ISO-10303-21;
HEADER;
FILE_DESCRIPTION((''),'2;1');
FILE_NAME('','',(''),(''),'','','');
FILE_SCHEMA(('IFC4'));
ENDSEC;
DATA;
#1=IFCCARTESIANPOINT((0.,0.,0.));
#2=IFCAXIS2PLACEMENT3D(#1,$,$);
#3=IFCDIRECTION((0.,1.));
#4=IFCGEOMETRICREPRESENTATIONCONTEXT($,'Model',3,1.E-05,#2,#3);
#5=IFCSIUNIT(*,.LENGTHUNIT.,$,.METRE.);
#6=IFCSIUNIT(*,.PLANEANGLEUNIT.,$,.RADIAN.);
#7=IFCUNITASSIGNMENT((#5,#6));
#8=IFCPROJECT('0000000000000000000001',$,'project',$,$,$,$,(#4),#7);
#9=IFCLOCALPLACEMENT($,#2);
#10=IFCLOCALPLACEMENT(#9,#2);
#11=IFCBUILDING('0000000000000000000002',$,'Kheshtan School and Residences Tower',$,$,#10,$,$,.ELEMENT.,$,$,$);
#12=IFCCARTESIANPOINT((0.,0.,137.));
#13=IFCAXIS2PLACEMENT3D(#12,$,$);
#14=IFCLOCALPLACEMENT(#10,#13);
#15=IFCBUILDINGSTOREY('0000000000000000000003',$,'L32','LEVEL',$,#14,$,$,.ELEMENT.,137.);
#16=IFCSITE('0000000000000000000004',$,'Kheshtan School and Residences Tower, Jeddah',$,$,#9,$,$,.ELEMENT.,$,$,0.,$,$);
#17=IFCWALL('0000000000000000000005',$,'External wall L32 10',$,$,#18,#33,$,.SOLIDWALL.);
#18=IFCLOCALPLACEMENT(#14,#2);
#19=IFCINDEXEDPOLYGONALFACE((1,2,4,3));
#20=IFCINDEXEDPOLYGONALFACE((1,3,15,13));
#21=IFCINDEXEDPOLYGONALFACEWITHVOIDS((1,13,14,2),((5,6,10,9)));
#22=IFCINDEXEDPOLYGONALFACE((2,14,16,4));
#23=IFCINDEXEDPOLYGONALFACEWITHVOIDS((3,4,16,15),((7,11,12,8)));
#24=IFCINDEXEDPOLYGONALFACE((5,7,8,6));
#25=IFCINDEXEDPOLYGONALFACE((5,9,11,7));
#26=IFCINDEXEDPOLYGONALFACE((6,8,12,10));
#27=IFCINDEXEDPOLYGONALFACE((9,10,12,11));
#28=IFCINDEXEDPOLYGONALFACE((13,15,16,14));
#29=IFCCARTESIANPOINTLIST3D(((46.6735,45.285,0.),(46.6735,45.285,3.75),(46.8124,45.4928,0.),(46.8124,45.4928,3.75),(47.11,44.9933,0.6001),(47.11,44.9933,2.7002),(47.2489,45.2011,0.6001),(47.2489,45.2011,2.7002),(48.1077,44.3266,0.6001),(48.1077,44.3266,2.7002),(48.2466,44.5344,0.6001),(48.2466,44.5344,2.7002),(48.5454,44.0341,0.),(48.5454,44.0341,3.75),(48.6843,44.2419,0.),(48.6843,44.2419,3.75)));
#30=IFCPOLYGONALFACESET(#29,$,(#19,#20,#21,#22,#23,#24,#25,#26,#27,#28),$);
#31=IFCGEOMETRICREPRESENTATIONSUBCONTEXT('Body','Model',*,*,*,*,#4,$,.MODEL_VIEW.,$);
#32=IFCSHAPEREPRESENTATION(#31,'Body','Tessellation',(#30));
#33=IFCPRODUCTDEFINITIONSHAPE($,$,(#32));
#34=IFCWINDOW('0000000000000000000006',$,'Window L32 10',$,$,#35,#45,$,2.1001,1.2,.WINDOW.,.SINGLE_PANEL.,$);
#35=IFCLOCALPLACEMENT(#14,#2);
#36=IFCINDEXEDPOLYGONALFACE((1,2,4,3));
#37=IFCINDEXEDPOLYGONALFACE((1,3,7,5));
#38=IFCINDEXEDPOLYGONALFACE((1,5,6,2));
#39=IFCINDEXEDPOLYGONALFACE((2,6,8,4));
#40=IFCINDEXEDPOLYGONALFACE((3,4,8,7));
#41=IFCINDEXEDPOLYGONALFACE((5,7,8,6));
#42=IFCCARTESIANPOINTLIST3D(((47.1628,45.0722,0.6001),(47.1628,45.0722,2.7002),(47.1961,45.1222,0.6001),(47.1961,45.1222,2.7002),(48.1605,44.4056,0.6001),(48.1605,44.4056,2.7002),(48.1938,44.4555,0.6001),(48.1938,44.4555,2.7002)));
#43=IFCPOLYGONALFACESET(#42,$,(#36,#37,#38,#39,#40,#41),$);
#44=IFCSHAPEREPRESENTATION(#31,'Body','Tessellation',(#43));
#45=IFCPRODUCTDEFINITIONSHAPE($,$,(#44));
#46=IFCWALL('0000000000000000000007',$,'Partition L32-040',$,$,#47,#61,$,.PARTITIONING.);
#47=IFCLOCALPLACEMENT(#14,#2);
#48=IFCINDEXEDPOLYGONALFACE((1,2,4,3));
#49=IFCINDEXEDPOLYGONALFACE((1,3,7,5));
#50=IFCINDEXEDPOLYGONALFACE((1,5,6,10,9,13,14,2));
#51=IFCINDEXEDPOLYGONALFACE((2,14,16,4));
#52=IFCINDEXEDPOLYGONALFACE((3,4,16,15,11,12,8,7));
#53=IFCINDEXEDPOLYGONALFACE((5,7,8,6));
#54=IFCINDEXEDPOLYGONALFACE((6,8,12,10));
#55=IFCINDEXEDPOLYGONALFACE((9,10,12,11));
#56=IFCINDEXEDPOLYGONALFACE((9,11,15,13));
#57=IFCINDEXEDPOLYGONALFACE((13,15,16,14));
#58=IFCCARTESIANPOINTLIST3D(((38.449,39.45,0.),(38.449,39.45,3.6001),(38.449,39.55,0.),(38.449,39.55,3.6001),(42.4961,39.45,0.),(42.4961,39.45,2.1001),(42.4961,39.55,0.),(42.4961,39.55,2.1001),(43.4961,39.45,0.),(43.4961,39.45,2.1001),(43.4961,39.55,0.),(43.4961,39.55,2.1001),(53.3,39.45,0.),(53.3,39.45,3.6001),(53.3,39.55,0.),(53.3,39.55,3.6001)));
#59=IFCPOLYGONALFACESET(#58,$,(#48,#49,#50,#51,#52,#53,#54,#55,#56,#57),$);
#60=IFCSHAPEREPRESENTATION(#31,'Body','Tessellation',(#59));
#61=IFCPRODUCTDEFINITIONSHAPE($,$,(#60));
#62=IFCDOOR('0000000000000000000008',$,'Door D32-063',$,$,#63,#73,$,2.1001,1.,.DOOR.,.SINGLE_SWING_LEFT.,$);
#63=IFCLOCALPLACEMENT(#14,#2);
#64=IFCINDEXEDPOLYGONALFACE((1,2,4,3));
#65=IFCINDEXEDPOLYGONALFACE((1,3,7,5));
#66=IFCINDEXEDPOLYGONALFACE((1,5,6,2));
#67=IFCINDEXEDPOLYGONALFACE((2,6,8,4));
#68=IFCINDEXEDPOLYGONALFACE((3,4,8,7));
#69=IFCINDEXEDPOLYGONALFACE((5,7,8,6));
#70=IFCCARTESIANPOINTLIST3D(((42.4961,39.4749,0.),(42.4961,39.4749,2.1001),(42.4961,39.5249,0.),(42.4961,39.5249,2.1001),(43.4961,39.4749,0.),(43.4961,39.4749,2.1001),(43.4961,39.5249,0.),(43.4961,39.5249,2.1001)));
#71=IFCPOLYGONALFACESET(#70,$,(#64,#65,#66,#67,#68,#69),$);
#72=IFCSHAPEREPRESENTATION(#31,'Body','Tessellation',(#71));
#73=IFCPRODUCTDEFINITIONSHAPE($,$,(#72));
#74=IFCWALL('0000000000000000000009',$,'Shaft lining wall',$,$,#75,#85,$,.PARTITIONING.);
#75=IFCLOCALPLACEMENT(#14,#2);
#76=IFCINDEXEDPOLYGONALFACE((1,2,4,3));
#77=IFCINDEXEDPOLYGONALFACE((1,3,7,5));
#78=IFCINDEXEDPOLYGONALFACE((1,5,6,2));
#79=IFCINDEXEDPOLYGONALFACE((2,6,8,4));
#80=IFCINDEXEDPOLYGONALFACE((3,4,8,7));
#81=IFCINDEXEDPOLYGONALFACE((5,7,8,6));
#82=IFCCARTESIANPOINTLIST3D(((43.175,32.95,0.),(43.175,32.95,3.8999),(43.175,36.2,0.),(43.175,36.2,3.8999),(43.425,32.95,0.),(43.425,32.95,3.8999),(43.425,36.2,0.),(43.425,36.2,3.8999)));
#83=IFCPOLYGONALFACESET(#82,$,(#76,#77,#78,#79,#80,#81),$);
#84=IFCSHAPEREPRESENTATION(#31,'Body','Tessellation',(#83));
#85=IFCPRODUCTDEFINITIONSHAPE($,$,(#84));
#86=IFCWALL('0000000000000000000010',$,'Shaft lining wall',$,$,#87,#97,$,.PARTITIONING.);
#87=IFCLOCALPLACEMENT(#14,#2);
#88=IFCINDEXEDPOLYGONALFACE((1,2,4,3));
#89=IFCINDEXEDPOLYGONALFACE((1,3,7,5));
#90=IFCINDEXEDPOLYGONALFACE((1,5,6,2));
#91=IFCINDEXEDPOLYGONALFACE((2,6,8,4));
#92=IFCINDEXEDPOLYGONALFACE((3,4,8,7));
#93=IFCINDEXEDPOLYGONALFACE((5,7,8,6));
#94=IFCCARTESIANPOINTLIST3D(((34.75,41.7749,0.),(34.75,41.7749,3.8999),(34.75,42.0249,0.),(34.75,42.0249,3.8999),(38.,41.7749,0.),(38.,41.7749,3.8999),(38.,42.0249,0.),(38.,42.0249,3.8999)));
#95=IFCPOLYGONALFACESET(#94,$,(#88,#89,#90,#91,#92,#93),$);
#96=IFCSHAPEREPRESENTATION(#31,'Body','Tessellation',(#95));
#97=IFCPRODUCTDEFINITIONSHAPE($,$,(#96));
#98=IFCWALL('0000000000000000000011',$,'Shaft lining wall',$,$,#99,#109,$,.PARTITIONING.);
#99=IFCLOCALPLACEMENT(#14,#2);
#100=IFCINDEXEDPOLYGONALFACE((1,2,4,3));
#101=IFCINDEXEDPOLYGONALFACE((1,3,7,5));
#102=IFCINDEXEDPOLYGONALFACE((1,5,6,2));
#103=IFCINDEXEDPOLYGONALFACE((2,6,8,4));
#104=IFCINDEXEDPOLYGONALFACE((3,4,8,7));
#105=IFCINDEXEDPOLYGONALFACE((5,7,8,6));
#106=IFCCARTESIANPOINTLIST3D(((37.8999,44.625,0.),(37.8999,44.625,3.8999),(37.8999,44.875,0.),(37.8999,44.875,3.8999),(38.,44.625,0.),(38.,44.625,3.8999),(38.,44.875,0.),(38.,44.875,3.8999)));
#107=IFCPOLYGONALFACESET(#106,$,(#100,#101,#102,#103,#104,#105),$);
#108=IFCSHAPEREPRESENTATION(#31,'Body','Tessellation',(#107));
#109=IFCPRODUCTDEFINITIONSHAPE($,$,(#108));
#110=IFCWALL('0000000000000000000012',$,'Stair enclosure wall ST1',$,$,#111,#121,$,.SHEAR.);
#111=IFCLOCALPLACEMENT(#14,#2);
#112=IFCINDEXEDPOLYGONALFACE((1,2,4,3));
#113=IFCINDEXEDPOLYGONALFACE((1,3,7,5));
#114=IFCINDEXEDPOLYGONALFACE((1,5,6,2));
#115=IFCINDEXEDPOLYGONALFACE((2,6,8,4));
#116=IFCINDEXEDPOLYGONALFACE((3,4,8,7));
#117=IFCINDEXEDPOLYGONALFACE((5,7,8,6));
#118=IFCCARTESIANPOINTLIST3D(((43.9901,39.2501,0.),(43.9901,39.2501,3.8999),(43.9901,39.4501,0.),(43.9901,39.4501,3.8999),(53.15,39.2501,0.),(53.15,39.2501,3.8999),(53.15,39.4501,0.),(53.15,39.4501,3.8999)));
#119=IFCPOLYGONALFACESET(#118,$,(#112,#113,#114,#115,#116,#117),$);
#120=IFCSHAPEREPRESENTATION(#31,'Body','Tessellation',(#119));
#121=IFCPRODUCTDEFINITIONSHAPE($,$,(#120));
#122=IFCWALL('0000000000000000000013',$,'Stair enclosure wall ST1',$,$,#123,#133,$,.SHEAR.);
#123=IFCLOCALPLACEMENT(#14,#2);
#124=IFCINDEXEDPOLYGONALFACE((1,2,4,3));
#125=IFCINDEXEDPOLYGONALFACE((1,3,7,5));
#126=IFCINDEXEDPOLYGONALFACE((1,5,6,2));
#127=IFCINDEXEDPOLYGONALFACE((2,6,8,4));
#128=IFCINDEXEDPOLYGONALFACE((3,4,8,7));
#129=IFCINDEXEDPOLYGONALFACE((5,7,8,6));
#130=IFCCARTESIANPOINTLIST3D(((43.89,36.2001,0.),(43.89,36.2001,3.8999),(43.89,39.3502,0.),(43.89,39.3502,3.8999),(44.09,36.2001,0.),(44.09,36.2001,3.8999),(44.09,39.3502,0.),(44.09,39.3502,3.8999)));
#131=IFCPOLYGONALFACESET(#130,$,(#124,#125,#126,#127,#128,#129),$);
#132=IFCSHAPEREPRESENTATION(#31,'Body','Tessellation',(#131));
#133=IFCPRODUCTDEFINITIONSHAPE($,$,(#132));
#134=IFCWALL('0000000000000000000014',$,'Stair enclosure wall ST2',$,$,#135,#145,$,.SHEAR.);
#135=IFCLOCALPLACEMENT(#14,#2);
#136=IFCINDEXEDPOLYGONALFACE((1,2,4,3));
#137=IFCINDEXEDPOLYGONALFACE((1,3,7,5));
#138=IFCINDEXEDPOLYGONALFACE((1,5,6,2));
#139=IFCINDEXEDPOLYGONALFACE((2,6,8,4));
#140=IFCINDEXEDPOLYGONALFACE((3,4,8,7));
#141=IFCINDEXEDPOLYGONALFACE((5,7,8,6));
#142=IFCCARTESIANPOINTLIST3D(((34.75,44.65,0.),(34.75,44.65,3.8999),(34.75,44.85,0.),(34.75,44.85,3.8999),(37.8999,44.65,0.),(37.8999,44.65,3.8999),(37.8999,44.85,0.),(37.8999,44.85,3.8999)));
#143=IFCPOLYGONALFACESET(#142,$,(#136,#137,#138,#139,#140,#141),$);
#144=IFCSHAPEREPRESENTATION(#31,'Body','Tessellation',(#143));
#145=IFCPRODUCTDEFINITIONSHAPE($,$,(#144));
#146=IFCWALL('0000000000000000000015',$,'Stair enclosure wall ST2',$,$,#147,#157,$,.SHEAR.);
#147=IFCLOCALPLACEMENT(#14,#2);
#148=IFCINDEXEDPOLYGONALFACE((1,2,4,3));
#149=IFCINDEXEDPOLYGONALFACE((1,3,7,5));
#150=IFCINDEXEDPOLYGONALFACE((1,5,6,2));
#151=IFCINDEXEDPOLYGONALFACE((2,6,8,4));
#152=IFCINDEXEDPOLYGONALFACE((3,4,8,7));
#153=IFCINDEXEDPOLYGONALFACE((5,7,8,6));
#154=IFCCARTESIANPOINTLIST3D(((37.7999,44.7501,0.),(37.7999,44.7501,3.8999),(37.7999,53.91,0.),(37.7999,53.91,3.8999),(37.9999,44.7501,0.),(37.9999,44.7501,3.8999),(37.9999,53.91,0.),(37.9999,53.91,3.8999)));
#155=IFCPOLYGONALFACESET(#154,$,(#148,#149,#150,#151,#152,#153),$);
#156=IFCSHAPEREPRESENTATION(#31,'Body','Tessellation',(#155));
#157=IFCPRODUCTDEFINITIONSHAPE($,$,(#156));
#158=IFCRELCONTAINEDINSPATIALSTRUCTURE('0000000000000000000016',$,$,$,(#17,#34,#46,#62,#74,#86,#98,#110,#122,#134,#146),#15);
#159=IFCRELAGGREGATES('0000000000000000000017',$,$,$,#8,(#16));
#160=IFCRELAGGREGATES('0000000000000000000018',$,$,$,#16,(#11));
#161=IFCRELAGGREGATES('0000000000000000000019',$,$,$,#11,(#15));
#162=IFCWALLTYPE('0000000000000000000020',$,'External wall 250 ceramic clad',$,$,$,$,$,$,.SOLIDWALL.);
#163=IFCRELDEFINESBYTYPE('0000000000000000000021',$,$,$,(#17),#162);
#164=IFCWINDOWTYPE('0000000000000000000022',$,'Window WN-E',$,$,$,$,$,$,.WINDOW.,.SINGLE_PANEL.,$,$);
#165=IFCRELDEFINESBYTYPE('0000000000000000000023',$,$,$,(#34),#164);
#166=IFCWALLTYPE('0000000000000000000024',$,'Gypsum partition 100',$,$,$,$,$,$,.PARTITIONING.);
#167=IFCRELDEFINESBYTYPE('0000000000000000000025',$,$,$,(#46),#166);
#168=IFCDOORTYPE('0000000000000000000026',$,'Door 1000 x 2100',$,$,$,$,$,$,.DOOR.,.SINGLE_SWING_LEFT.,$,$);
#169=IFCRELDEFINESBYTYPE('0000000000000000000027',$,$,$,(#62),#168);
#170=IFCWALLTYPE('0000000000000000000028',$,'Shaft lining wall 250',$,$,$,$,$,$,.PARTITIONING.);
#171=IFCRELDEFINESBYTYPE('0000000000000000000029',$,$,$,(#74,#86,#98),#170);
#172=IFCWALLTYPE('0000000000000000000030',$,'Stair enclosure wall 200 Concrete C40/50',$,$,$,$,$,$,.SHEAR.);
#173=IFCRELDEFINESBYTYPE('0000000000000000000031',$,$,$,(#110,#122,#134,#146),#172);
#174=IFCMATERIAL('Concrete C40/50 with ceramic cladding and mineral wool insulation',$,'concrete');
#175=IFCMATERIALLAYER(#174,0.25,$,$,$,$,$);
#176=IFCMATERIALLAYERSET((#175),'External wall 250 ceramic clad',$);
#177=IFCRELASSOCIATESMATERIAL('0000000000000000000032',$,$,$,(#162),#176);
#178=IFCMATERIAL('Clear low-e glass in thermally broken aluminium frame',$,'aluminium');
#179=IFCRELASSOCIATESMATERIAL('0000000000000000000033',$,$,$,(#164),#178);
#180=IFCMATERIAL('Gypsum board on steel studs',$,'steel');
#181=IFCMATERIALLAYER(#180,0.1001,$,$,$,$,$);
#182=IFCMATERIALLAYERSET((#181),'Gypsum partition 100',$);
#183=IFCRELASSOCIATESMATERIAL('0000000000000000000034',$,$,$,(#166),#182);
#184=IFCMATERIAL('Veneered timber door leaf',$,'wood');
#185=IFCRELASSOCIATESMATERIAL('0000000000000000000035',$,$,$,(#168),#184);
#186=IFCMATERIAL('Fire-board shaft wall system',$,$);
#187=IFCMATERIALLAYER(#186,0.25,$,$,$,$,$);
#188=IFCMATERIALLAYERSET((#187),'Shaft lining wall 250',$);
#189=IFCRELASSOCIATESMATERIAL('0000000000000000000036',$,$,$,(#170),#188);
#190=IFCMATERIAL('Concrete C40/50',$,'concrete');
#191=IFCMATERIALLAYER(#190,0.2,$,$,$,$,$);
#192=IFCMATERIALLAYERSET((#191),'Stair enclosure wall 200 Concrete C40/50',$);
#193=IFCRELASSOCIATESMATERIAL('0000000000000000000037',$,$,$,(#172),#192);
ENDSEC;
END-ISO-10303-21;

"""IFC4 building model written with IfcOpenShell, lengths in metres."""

from ifc_helpers import new_model, si_unit, direction, frame, frame_2d, origin, place, context, subcontext, project, spatial, rectangle, extrude, source, transform, mapped, material, layer, layer_set, type_object, element, fill, save


model = new_model("IFC4")

# Units and contexts
model_context = context("Model", 3, precision=1e-05, world=origin(), true_north=direction((0.0, 1.0)))
body_context = subcontext(model_context, "Body", "Model", "MODEL_VIEW")
ifc_project = project(units=[si_unit("LENGTHUNIT", "METRE"), si_unit("PLANEANGLEUNIT", "RADIAN")], contexts=[model_context])

# Site, building, storey
site_placement = place(None, origin())
site = spatial("IfcSite", under=ifc_project, at=site_placement, Name="Kheshtan School and Residences Tower, Jeddah", CompositionType="ELEMENT", RefElevation=0.0)
building_placement = place(site_placement, origin())
building = spatial("IfcBuilding", under=site, at=building_placement, Name="Kheshtan School and Residences Tower", CompositionType="ELEMENT")
storey_placement = place(building_placement, frame((0.0, 0.0, 137.0)))
storey = spatial("IfcBuildingStorey", under=building, at=storey_placement, Name="L32", Description="LEVEL", CompositionType="ELEMENT", Elevation=137.0)

# Wall, opening, window
ifc_material_1 = material(Name="Concrete C40/50 with ceramic cladding and mineral wool insulation", Category="concrete")
ifc_layer_1 = layer(ifc_material_1, 0.25)
ifc_layer_set_1 = layer_set([ifc_layer_1], Name="External wall 250 ceramic clad")
wall_type_1 = type_object("IfcWallType", Name="External wall 250 ceramic clad", PredefinedType="SOLIDWALL", material=ifc_layer_set_1)
wall_1_placement = place(storey_placement, frame((46.7429, 45.3889, 0.0), z_axis=(0.0, 0.0, 1.0), x_axis=(0.831449, -0.555601, 0.0)))
wall_1 = element("IfcWall", 1, at=wall_1_placement, inside=storey, type_object=wall_type_1, Name="External wall L32 10", PredefinedType="SOLIDWALL", context=body_context, shape_type="SweptSolid", body=[
    extrude(rectangle(XDim=2.2515, YDim=0.25, at=frame_2d((1.1257, 0.0))), origin(), (0.0, 0.0, 1.0), 3.75),
])
opening_1_placement = place(wall_1_placement, frame((0.5249, 0.0, 0.6001)))
opening_1 = element("IfcOpeningElement", 2, at=opening_1_placement, cuts=wall_1, PredefinedType="OPENING", context=body_context, shape_type="SweptSolid", body=[
    extrude(rectangle(XDim=1.2, YDim=2.1001, at=frame_2d((0.6001, 1.05))), frame((0.0, 0.135, 0.0), z_axis=(0.0, -1.0, 0.0), x_axis=(1.0, 0.0, 0.0)), (0.0, 0.0, 1.0), 0.27),
])
ifc_material_2 = material(Name="Clear low-e glass in thermally broken aluminium frame", Category="aluminium")
window_type = type_object("IfcWindowType", Name="Window WN-E", PartitioningType="SINGLE_PANEL", PredefinedType="WINDOW", material=ifc_material_2)
shared_shape_1 = source(origin(), body_context, "Body", "SweptSolid", [
    extrude(rectangle(XDim=1.2, YDim=2.1001, at=frame_2d((0.6001, 1.05))), frame((0.0, 0.03, 0.0), z_axis=(0.0, -1.0, 0.0), x_axis=(1.0, 0.0, 0.0)), (0.0, 0.0, 1.0), 0.0601),
])
window_placement = place(opening_1_placement, origin())
window = element("IfcWindow", 3, at=window_placement, inside=storey, type_object=window_type, Name="Window L32 10", OverallHeight=2.1001, OverallWidth=1.2, PartitioningType="SINGLE_PANEL", PredefinedType="WINDOW", context=body_context, shape_type="MappedRepresentation", body=[
    mapped(shared_shape_1, transform((0.0, 0.0, 0.0), x_axis=(1.0, 0.0, 0.0), y_axis=(0.0, 1.0, 0.0), z_axis=(0.0, 0.0, 1.0), scale=1.0)),
])
fill(opening_1, window)

# Wall, opening, door
ifc_material_3 = material(Name="Gypsum board on steel studs", Category="steel")
ifc_layer_2 = layer(ifc_material_3, 0.1001)
ifc_layer_set_2 = layer_set([ifc_layer_2], Name="Gypsum partition 100")
wall_type_2 = type_object("IfcWallType", Name="Gypsum partition 100", PredefinedType="PARTITIONING", material=ifc_layer_set_2)
wall_2_placement = place(storey_placement, frame((38.449, 39.5, 0.0), z_axis=(0.0, 0.0, 1.0), x_axis=(1.0, 0.0, 0.0)))
wall_2 = element("IfcWall", 4, at=wall_2_placement, inside=storey, type_object=wall_type_2, Name="Partition L32-040", PredefinedType="PARTITIONING", context=body_context, shape_type="SweptSolid", body=[
    extrude(rectangle(XDim=14.8511, YDim=0.1001, at=frame_2d((7.4255, 0.0))), origin(), (0.0, 0.0, 1.0), 3.6001),
])
opening_2_placement = place(wall_2_placement, frame((4.0471, 0.0, 0.0)))
opening_2 = element("IfcOpeningElement", 5, at=opening_2_placement, cuts=wall_2, PredefinedType="OPENING", context=body_context, shape_type="SweptSolid", body=[
    extrude(rectangle(XDim=1.0, YDim=2.1001, at=frame_2d((0.5, 1.05))), frame((0.0, 0.0601, 0.0), z_axis=(0.0, -1.0, 0.0), x_axis=(1.0, 0.0, 0.0)), (0.0, 0.0, 1.0), 0.1201),
])
ifc_material_4 = material(Name="Veneered timber door leaf", Category="wood")
door_type_1 = type_object("IfcDoorType", Name="Door 1000 x 2100", OperationType="SINGLE_SWING_LEFT", PredefinedType="DOOR", material=ifc_material_4)
shared_shape_2 = source(origin(), body_context, "Body", "SweptSolid", [
    extrude(rectangle(XDim=1.0, YDim=2.1001, at=frame_2d((0.5, 1.05))), frame((0.0, 0.0249, 0.0), z_axis=(0.0, -1.0, 0.0), x_axis=(1.0, 0.0, 0.0)), (0.0, 0.0, 1.0), 0.05),
])
door_1_placement = place(opening_2_placement, origin())
door_1 = element("IfcDoor", 6, at=door_1_placement, inside=storey, type_object=door_type_1, Name="Door D32-063", OperationType="SINGLE_SWING_LEFT", OverallHeight=2.1001, OverallWidth=1.0, PredefinedType="DOOR", context=body_context, shape_type="MappedRepresentation", body=[
    mapped(shared_shape_2, transform((0.0, 0.0, 0.0), x_axis=(1.0, 0.0, 0.0), y_axis=(0.0, 1.0, 0.0), z_axis=(0.0, 0.0, 1.0), scale=1.0)),
])
fill(opening_2, door_1)

# Walls
ifc_material_5 = material(Name="Fire-board shaft wall system")
ifc_layer_3 = layer(ifc_material_5, 0.25)
ifc_layer_set_3 = layer_set([ifc_layer_3], Name="Shaft lining wall 250")
wall_type_3 = type_object("IfcWallType", Name="Shaft lining wall 250", PredefinedType="PARTITIONING", material=ifc_layer_set_3)
for number, where, z_axis, x_axis, name in (
    (7, (43.3, 32.95, 0.0), (0.0, 0.0, 1.0), (0.0, 1.0, 0.0), "Shaft lining wall"),
    (8, (34.75, 41.8999, 0.0), (0.0, 0.0, 1.0), (1.0, 0.0, 0.0), "Shaft lining wall"),
):
    element("IfcWall", number, at=place(storey_placement, frame(where, z_axis=z_axis, x_axis=x_axis)), inside=storey, type_object=wall_type_3, Name=name, PredefinedType="PARTITIONING", context=body_context, shape_type="SweptSolid", body=[
        extrude(rectangle(XDim=3.25, YDim=0.25, at=frame_2d((1.625, 0.0))), origin(), (0.0, 0.0, 1.0), 3.8999),
    ])
wall_3_placement = place(storey_placement, frame((37.8999, 44.75, 0.0), z_axis=(0.0, 0.0, 1.0), x_axis=(1.0, 0.0, 0.0)))
element("IfcWall", 9, at=wall_3_placement, inside=storey, type_object=wall_type_3, Name="Shaft lining wall", PredefinedType="PARTITIONING", context=body_context, shape_type="SweptSolid", body=[
    extrude(rectangle(XDim=0.1001, YDim=0.25, at=frame_2d((0.05, 0.0))), origin(), (0.0, 0.0, 1.0), 3.8999),
])
ifc_material_6 = material(Name="Concrete C40/50", Category="concrete")
ifc_layer_4 = layer(ifc_material_6, 0.2)
ifc_layer_set_4 = layer_set([ifc_layer_4], Name="Stair enclosure wall 200 Concrete C40/50")
wall_type_4 = type_object("IfcWallType", Name="Stair enclosure wall 200 Concrete C40/50", PredefinedType="SHEAR", material=ifc_layer_set_4)
wall_4_placement = place(storey_placement, frame((43.99, 39.3501, 0.0), z_axis=(0.0, 0.0, 1.0), x_axis=(1.0, 0.0, 0.0)))
element("IfcWall", 10, at=wall_4_placement, inside=storey, type_object=wall_type_4, Name="Stair enclosure wall ST1", PredefinedType="SHEAR", context=body_context, shape_type="SweptSolid", body=[
    extrude(rectangle(XDim=9.1599, YDim=0.2, at=frame_2d((4.5801, 0.0))), origin(), (0.0, 0.0, 1.0), 3.8999),
])
wall_5_placement = place(storey_placement, frame((43.99, 36.2, 0.0), z_axis=(0.0, 0.0, 1.0), x_axis=(0.0, 1.0, 0.0)))
element("IfcWall", 11, at=wall_5_placement, inside=storey, type_object=wall_type_4, Name="Stair enclosure wall ST1", PredefinedType="SHEAR", context=body_context, shape_type="SweptSolid", body=[
    extrude(rectangle(XDim=3.1501, YDim=0.2, at=frame_2d((1.5752, 0.0))), origin(), (0.0, 0.0, 1.0), 3.8999),
])
wall_6_placement = place(storey_placement, frame((34.75, 44.75, 0.0), z_axis=(0.0, 0.0, 1.0), x_axis=(1.0, 0.0, 0.0)))
element("IfcWall", 12, at=wall_6_placement, inside=storey, type_object=wall_type_4, Name="Stair enclosure wall ST2", PredefinedType="SHEAR", context=body_context, shape_type="SweptSolid", body=[
    extrude(rectangle(XDim=3.1499, YDim=0.2, at=frame_2d((1.575, 0.0))), origin(), (0.0, 0.0, 1.0), 3.8999),
])
wall_7_placement = place(storey_placement, frame((37.8999, 44.75, 0.0), z_axis=(0.0, 0.0, 1.0), x_axis=(0.0, 1.0, 0.0)))
element("IfcWall", 13, at=wall_7_placement, inside=storey, type_object=wall_type_4, Name="Stair enclosure wall ST2", PredefinedType="SHEAR", context=body_context, shape_type="SweptSolid", body=[
    extrude(rectangle(XDim=9.1599, YDim=0.2, at=frame_2d((4.5801, 0.0))), origin(), (0.0, 0.0, 1.0), 3.8999),
])

save(model, "model.ifc")
